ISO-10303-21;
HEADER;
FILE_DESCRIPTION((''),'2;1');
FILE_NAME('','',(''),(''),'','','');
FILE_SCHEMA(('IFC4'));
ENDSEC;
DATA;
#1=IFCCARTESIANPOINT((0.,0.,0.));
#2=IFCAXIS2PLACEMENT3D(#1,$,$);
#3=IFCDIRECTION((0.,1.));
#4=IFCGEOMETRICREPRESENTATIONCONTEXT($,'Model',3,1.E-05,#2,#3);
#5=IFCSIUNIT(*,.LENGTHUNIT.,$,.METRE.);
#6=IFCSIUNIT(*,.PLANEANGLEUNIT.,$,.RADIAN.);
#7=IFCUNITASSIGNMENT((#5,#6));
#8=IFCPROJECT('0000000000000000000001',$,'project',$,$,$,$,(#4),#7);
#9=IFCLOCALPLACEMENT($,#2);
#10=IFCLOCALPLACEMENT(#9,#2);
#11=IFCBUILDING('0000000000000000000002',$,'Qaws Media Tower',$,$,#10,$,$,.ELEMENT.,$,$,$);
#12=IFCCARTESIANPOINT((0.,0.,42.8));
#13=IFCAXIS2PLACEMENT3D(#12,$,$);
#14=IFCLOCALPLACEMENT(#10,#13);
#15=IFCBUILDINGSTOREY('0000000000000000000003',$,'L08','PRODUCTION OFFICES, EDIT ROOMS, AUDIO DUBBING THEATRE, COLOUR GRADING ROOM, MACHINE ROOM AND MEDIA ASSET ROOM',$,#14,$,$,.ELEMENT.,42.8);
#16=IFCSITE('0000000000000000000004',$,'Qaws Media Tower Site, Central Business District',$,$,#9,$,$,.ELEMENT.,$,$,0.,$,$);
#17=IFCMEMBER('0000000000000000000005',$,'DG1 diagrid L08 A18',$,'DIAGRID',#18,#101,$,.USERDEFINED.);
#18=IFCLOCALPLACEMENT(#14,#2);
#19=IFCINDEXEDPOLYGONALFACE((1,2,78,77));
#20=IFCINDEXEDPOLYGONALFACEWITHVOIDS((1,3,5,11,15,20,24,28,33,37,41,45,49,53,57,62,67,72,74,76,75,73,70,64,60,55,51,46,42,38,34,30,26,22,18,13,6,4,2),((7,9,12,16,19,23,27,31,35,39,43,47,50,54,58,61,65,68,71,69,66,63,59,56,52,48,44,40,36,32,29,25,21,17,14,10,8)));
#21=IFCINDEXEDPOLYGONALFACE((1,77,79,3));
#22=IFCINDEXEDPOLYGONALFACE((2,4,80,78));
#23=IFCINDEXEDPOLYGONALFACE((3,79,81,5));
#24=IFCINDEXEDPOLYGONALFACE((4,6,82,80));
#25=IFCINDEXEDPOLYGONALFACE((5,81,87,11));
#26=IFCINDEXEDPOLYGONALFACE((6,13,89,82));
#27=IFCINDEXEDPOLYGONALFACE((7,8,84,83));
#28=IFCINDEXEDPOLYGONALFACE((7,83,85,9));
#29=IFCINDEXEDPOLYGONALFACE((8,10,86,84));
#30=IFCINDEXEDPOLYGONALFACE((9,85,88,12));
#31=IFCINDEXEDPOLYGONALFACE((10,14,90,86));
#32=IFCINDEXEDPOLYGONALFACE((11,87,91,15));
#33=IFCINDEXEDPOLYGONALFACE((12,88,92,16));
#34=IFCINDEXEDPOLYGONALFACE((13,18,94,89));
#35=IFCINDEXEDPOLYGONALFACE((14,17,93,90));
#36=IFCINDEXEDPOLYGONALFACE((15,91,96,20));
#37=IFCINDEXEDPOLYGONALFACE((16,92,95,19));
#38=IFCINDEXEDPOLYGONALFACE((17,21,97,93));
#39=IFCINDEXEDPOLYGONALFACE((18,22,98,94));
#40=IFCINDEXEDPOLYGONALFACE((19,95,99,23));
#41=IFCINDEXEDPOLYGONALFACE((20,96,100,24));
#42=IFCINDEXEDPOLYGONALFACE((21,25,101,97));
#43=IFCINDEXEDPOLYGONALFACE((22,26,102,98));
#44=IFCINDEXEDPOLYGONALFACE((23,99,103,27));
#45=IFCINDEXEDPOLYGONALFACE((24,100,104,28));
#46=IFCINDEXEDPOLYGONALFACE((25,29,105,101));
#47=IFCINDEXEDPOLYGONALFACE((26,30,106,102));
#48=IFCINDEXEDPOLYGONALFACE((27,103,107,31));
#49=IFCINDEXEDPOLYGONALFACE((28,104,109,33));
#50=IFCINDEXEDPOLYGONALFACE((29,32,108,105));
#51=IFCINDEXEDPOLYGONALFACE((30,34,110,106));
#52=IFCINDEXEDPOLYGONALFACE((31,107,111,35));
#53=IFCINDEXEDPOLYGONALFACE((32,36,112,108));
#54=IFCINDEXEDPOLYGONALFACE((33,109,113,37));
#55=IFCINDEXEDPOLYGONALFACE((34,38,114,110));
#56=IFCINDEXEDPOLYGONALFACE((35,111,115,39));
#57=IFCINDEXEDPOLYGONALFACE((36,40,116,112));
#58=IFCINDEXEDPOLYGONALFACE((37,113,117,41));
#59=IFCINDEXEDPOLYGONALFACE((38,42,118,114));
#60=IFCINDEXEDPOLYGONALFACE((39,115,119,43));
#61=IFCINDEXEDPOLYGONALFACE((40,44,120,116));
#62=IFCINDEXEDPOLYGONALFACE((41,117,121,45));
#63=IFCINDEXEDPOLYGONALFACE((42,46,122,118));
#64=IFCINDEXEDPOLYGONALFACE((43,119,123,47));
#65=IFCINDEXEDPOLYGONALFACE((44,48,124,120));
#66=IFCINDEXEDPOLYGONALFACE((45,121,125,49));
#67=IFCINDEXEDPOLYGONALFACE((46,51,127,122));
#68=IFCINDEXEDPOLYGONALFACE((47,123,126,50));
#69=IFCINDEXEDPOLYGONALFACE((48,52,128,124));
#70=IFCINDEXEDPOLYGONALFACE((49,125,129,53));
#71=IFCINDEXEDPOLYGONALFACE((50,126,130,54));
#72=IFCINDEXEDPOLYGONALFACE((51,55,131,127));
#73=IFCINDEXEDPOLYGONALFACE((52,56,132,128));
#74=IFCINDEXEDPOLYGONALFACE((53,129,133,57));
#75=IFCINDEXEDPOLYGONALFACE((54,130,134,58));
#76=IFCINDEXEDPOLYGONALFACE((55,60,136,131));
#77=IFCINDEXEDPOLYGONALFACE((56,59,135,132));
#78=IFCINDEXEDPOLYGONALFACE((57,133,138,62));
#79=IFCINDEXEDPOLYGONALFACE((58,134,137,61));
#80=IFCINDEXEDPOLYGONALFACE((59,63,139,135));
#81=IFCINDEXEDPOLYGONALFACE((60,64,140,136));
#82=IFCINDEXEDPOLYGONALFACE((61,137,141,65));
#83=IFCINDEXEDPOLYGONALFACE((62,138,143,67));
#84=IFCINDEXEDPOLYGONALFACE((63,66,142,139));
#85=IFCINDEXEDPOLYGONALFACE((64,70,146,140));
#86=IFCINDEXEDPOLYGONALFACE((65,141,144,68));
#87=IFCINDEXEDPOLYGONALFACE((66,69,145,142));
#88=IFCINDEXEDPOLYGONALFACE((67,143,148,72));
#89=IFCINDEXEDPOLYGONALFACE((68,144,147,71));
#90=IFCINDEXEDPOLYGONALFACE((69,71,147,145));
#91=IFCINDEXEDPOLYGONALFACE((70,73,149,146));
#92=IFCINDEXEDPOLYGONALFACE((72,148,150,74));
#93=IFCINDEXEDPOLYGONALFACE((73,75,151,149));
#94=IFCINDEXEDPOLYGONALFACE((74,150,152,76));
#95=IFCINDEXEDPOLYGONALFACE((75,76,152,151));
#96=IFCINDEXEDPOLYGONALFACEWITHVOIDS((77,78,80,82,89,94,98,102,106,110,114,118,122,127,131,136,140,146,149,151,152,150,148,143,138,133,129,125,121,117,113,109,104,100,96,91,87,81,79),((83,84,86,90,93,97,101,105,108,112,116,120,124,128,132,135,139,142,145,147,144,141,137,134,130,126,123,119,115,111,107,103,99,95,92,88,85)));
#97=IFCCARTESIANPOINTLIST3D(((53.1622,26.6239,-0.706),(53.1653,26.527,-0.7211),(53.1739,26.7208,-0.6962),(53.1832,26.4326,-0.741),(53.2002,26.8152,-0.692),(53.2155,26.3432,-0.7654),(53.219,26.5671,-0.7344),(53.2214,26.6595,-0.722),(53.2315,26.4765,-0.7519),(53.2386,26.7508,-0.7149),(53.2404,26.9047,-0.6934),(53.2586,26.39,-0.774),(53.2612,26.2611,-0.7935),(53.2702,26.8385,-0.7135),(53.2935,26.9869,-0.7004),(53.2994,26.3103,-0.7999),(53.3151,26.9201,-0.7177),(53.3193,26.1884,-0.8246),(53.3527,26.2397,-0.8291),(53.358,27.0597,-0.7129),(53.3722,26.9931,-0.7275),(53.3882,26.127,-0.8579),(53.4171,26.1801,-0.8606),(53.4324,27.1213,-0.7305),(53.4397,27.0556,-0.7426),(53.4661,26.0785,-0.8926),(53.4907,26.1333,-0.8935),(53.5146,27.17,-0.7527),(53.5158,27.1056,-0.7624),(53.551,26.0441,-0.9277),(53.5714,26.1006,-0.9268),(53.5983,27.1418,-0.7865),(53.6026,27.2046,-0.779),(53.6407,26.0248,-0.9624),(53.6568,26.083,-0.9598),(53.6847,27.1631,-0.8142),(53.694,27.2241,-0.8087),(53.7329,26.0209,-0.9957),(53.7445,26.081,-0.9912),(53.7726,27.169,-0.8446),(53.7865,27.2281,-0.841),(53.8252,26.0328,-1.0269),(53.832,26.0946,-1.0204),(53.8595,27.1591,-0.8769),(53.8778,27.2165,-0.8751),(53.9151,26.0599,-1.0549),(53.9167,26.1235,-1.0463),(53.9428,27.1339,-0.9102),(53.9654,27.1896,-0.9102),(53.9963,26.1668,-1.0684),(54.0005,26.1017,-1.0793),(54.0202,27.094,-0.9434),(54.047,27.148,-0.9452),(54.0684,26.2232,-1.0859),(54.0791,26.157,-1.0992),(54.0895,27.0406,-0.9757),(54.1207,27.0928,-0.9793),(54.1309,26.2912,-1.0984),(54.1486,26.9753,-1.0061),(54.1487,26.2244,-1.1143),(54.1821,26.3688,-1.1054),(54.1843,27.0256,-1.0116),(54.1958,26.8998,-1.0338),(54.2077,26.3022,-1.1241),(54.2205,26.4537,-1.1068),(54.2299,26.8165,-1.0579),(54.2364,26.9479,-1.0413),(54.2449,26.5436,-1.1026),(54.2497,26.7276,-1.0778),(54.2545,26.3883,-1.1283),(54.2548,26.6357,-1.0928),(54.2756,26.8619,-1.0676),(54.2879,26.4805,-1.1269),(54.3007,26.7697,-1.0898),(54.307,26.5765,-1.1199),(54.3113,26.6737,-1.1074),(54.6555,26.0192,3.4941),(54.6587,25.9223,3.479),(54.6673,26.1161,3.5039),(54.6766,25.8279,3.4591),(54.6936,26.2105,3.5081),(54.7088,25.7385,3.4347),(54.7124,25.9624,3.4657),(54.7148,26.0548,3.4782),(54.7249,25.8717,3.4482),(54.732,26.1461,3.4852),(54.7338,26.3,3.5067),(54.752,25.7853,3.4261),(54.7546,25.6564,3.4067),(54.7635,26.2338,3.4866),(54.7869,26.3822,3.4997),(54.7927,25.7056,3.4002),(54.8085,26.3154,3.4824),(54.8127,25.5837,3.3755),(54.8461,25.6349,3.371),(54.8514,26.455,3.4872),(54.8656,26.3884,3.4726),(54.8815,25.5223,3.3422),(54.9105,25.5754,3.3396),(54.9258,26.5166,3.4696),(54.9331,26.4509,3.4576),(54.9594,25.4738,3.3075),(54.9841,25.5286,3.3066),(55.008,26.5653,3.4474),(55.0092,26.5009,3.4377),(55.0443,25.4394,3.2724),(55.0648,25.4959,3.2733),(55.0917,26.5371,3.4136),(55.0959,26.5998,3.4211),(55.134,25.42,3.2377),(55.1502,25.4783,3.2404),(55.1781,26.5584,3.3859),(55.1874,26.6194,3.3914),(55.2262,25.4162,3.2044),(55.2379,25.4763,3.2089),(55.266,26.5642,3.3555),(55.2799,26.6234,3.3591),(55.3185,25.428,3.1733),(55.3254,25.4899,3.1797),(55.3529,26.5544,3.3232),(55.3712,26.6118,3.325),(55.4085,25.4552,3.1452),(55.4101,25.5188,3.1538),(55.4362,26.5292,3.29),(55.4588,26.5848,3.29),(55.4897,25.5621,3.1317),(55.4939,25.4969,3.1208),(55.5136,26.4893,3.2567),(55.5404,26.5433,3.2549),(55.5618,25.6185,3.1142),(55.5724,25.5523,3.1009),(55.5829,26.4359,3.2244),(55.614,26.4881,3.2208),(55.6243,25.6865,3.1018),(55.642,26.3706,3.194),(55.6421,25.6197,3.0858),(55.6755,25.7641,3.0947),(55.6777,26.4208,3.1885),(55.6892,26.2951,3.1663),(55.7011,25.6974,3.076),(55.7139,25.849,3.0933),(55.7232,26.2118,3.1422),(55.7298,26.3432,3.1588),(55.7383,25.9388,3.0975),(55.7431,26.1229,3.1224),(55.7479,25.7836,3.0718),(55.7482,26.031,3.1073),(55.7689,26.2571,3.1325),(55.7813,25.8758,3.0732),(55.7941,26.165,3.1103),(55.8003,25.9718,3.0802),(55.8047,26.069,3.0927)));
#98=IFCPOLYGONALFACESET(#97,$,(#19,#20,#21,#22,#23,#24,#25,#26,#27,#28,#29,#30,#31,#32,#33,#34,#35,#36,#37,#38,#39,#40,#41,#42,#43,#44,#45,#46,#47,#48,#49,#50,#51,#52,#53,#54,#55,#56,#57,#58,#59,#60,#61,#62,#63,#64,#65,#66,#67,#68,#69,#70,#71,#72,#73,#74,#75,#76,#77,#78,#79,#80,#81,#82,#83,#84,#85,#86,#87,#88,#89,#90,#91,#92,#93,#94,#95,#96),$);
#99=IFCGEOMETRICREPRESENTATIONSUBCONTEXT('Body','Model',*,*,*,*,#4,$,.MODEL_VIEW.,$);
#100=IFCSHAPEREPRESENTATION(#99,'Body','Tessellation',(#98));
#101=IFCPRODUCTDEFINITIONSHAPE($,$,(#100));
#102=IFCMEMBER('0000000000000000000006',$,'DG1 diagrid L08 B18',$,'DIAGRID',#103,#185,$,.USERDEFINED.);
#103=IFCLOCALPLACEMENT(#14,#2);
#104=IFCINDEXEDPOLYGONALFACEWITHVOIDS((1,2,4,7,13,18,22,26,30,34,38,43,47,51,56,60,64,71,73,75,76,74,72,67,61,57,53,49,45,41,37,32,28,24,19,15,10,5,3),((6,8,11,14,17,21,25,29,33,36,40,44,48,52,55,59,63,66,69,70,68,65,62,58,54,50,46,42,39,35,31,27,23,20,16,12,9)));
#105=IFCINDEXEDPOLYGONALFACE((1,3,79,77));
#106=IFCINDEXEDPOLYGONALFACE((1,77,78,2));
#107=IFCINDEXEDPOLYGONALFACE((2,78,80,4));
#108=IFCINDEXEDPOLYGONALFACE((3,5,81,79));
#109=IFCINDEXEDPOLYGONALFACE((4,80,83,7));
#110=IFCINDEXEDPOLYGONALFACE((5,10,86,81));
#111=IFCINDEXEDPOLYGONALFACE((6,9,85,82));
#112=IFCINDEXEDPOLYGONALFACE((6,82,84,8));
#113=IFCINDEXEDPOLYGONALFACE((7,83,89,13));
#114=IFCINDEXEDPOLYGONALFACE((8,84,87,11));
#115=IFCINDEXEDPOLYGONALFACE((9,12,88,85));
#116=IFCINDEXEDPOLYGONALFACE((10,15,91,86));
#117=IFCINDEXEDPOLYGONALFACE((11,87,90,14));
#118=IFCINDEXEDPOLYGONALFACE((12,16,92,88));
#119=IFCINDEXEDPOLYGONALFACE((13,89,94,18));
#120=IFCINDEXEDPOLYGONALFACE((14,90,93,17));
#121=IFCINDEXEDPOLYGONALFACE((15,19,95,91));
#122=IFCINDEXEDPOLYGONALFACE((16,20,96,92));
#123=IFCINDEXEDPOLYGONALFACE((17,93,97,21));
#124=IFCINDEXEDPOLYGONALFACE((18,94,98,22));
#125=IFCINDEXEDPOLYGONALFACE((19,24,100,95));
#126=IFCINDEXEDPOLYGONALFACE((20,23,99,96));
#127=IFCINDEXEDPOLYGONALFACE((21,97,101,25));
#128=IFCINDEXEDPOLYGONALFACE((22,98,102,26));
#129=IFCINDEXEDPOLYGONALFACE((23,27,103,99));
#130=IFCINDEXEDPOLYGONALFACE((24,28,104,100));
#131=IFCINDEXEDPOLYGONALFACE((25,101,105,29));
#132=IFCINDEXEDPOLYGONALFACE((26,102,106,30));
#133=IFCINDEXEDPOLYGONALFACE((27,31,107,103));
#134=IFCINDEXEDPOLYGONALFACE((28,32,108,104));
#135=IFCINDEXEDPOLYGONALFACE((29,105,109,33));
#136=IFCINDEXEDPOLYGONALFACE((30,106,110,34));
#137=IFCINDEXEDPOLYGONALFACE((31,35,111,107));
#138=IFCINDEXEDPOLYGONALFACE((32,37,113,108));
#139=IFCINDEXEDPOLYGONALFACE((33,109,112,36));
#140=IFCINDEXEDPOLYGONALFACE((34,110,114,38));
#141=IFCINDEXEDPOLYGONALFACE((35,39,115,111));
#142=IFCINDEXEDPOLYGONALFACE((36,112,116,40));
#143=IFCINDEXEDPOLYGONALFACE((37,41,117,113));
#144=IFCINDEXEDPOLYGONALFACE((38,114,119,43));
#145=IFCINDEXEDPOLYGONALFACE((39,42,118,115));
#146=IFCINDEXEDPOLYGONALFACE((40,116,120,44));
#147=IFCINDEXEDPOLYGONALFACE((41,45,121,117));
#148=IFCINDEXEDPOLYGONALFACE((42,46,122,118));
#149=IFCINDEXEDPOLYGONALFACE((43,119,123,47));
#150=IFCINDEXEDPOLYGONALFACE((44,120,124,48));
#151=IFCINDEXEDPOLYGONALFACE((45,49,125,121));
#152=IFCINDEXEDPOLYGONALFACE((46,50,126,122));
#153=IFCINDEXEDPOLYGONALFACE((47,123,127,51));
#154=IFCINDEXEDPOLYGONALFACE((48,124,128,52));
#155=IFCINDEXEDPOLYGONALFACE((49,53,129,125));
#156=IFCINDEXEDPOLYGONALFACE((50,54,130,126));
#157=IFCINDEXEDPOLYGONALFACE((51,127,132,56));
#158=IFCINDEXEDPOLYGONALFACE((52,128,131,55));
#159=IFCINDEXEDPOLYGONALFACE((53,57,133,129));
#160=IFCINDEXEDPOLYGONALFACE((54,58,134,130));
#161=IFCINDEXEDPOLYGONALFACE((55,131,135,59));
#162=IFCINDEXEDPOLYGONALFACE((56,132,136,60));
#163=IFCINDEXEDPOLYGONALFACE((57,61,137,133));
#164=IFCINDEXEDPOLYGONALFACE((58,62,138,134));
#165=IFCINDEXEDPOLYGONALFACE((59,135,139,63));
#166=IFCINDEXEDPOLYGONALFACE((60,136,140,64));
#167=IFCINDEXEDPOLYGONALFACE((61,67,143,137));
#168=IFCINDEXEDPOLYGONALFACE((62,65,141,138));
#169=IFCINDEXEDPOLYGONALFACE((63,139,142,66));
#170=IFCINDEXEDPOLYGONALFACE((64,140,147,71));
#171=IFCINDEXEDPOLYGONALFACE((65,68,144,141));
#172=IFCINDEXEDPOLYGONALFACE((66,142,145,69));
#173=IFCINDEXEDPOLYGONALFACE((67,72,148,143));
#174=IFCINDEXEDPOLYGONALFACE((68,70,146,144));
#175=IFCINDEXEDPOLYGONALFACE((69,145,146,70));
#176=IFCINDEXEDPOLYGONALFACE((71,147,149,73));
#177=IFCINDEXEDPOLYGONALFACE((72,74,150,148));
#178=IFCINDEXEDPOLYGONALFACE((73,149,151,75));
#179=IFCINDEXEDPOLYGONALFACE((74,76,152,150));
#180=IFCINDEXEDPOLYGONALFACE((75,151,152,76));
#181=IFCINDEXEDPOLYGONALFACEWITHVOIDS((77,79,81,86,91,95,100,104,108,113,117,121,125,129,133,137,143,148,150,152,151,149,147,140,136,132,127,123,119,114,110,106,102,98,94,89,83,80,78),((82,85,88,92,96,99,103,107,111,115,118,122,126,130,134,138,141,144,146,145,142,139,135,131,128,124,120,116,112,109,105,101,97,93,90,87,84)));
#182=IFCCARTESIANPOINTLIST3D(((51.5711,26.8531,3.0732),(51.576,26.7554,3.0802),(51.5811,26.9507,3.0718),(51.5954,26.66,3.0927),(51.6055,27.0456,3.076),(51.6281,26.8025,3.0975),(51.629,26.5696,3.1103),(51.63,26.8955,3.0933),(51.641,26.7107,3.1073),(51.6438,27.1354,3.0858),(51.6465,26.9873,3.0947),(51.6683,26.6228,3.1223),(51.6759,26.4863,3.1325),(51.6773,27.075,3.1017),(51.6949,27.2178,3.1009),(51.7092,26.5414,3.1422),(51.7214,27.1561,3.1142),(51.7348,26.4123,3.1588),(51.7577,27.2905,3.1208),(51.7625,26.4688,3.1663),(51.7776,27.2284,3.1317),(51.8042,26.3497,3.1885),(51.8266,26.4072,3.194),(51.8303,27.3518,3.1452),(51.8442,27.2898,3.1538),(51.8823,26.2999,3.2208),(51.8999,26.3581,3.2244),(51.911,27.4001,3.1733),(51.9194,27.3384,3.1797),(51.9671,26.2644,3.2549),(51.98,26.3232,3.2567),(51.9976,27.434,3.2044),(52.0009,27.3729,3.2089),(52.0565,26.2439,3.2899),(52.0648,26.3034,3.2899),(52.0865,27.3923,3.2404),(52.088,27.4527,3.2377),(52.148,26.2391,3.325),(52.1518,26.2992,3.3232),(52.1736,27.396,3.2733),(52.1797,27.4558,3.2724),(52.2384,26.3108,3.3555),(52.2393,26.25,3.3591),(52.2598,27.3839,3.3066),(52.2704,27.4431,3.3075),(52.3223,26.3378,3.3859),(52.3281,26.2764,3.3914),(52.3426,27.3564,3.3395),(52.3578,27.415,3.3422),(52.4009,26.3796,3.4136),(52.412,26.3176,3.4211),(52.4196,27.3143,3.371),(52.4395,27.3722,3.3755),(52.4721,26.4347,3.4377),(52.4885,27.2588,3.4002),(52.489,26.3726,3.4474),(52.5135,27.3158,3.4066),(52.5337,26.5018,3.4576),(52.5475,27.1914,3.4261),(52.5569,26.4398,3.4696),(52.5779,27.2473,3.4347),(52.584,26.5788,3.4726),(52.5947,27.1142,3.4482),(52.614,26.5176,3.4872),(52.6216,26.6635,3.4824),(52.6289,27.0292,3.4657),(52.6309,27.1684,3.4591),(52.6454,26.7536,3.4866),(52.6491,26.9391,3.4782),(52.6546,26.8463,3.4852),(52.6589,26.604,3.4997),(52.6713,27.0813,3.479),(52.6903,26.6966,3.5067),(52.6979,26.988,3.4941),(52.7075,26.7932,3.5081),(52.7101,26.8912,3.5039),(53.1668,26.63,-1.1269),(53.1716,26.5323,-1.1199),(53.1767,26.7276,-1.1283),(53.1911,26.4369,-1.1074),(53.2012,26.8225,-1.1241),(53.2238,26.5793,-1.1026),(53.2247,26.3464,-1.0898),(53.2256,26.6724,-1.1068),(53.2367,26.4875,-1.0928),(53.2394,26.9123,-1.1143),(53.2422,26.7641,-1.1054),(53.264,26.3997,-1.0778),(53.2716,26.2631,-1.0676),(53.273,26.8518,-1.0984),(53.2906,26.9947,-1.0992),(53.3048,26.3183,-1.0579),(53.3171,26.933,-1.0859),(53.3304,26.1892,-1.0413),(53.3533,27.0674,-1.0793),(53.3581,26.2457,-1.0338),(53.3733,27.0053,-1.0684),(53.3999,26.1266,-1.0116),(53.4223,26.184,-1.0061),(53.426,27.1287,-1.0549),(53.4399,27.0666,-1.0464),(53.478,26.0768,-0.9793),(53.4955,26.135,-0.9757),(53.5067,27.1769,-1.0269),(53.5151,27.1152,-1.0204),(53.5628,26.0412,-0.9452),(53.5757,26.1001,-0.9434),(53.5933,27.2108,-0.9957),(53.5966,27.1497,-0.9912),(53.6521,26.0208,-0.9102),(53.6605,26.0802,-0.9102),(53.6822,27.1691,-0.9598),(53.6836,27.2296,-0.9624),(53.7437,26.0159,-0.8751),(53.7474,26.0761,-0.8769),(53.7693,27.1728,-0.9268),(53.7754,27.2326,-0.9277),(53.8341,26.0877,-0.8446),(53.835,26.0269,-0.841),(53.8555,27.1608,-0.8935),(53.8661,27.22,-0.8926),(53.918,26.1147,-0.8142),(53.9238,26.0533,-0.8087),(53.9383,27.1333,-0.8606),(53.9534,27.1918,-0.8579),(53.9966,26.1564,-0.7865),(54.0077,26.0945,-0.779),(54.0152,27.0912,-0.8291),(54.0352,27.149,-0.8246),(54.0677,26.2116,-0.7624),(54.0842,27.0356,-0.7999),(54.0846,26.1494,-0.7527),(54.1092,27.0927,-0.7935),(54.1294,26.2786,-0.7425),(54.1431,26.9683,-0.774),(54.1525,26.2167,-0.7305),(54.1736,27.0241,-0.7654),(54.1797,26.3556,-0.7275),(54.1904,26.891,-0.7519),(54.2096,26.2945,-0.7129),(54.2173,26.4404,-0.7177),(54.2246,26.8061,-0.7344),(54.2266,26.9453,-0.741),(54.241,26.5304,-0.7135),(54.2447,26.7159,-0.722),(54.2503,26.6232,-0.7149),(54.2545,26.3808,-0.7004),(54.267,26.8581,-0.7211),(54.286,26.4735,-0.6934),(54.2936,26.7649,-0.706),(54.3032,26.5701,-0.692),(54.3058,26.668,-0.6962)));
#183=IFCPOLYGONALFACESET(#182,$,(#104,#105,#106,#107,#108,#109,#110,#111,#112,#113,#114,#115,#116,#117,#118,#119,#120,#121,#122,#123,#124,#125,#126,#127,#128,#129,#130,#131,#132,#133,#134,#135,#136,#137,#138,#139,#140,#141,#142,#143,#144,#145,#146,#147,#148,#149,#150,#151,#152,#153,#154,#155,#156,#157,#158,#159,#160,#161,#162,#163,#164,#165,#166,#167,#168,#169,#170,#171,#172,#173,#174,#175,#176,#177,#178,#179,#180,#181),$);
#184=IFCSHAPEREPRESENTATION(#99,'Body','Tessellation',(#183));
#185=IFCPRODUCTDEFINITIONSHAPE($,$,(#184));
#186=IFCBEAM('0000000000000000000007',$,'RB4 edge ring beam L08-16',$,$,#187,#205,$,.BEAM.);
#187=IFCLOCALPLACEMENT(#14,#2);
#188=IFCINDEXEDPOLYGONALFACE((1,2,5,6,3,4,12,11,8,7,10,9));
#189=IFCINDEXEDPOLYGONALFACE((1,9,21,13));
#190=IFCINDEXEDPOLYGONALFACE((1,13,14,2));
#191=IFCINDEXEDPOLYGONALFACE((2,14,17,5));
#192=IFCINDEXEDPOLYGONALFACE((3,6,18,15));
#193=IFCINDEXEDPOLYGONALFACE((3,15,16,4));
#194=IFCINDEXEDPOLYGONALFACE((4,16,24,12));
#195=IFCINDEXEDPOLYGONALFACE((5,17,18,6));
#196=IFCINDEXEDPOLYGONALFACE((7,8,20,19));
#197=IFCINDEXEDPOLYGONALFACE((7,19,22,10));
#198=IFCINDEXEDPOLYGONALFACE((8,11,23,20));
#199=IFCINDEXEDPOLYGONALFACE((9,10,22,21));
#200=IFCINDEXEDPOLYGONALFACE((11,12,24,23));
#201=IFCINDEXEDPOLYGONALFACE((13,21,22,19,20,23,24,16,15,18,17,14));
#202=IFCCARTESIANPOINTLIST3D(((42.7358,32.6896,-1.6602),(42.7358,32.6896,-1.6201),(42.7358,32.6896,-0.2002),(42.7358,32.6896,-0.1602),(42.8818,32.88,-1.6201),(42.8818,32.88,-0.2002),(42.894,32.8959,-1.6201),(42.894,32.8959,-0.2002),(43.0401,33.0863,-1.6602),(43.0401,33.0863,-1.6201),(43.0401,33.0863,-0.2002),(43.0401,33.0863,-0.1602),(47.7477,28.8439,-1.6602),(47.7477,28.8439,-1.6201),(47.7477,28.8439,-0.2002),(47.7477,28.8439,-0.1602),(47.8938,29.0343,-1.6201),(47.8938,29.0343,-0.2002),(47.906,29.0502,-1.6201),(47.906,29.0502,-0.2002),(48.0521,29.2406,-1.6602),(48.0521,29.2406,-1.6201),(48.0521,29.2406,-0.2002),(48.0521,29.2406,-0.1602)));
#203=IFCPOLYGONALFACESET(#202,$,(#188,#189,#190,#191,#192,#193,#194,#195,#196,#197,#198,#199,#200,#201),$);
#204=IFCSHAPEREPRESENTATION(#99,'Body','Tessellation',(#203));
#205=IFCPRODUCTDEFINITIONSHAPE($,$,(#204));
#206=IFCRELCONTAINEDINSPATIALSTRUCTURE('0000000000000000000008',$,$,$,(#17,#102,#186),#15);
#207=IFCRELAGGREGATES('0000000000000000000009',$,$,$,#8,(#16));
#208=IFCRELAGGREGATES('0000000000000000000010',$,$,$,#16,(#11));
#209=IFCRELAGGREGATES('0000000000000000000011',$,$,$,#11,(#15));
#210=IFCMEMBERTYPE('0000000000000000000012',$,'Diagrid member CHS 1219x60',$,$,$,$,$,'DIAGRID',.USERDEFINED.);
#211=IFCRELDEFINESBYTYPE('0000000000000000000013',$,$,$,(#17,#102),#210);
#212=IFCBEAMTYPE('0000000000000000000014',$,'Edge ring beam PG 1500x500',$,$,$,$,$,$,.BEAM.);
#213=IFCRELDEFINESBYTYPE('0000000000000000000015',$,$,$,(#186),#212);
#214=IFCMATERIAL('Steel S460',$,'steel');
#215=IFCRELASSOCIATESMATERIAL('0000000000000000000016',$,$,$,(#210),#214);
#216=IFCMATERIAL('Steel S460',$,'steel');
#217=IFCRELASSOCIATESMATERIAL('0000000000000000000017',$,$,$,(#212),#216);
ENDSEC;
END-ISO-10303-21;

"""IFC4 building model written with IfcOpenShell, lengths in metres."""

from ifc_helpers import new_model, si_unit, direction, frame, origin, origin_2d, place, context, subcontext, project, spatial, hollow_circle, i_section, extrude, material, material_profile, profile_set, type_object, element, save


model = new_model("IFC4")

# Units and contexts
model_context = context("Model", 3, precision=1e-05, world=origin(), true_north=direction((0.0, 1.0)))
body_context = subcontext(model_context, "Body", "Model", "MODEL_VIEW")
ifc_project = project(units=[si_unit("LENGTHUNIT", "METRE"), si_unit("PLANEANGLEUNIT", "RADIAN")], contexts=[model_context])

# Site, building, storey
site_placement = place(None, origin())
site = spatial("IfcSite", under=ifc_project, at=site_placement, Name="Qaws Media Tower Site, Central Business District", CompositionType="ELEMENT", RefElevation=0.0)
building_placement = place(site_placement, origin())
building = spatial("IfcBuilding", under=site, at=building_placement, Name="Qaws Media Tower", CompositionType="ELEMENT")
storey_placement = place(building_placement, frame((0.0, 0.0, 42.8)))
storey = spatial("IfcBuildingStorey", under=building, at=storey_placement, Name="L08", Description="PRODUCTION OFFICES, EDIT ROOMS, AUDIO DUBBING THEATRE, COLOUR GRADING ROOM, MACHINE ROOM AND MEDIA ASSET ROOM", CompositionType="ELEMENT", Elevation=42.8)

# Members
ifc_material_1 = material(Name="Steel S460", Category="steel")
ifc_material_profile_1 = material_profile(ifc_material_1, hollow_circle(Radius=0.6096, WallThickness=0.0601, at=origin_2d()), Name="CHS 1219x60")
ifc_profile_set_1 = profile_set([ifc_material_profile_1], Name="Steel S460")
member_type_1 = type_object("IfcMemberType", Name="Diagrid member CHS 1219x60", ElementType="DIAGRID", PredefinedType="USERDEFINED", material=ifc_profile_set_1)
for number, where, z_axis, x_axis, name in (
    (1, (53.7366, 26.6245, -0.9102), (0.33197, -0.134427, 0.933662), (0.375332, 0.92689, 0.0), "DG1 diagrid L08 A18"),
    (2, (53.7366, 26.6245, -0.9102), (-0.354708, 0.049603, 0.93366), (-0.138493, -0.990363, 0.0), "DG1 diagrid L08 B18"),
):
    element("IfcMember", number, at=place(storey_placement, frame(where, z_axis=z_axis, x_axis=x_axis)), inside=storey, type_object=member_type_1, Name=name, ObjectType="DIAGRID", PredefinedType="USERDEFINED", context=body_context, shape_type="SweptSolid", body=[
        extrude(hollow_circle(Radius=0.6096, WallThickness=0.0601, at=origin_2d()), origin(), (0.0, 0.0, 1.0), 4.4985),
    ])

# Beam
ifc_material_2 = material(Name="Steel S460", Category="steel")
ifc_material_profile_2 = material_profile(ifc_material_2, i_section(OverallWidth=0.5, OverallDepth=1.5, WebThickness=0.02, FlangeThickness=0.04, at=origin_2d()), Name="PG 1500x500")
ifc_profile_set_2 = profile_set([ifc_material_profile_2], Name="Steel S460")
beam_type = type_object("IfcBeamType", Name="Edge ring beam PG 1500x500", PredefinedType="BEAM", material=ifc_profile_set_2)
beam_1_placement = place(storey_placement, frame((42.8879, 32.8879, -0.9102), z_axis=(0.793362, -0.60875, 0.0), x_axis=(0.60875, 0.793362, 0.0)))
element("IfcBeam", 3, at=beam_1_placement, inside=storey, type_object=beam_type, Name="RB4 edge ring beam L08-16", PredefinedType="BEAM", context=body_context, shape_type="SweptSolid", body=[
    extrude(i_section(OverallWidth=0.5, OverallDepth=1.5, WebThickness=0.02, FlangeThickness=0.04, at=origin_2d()), origin(), (0.0, 0.0, 1.0), 6.3174),
])

save(model, "model.ifc")
